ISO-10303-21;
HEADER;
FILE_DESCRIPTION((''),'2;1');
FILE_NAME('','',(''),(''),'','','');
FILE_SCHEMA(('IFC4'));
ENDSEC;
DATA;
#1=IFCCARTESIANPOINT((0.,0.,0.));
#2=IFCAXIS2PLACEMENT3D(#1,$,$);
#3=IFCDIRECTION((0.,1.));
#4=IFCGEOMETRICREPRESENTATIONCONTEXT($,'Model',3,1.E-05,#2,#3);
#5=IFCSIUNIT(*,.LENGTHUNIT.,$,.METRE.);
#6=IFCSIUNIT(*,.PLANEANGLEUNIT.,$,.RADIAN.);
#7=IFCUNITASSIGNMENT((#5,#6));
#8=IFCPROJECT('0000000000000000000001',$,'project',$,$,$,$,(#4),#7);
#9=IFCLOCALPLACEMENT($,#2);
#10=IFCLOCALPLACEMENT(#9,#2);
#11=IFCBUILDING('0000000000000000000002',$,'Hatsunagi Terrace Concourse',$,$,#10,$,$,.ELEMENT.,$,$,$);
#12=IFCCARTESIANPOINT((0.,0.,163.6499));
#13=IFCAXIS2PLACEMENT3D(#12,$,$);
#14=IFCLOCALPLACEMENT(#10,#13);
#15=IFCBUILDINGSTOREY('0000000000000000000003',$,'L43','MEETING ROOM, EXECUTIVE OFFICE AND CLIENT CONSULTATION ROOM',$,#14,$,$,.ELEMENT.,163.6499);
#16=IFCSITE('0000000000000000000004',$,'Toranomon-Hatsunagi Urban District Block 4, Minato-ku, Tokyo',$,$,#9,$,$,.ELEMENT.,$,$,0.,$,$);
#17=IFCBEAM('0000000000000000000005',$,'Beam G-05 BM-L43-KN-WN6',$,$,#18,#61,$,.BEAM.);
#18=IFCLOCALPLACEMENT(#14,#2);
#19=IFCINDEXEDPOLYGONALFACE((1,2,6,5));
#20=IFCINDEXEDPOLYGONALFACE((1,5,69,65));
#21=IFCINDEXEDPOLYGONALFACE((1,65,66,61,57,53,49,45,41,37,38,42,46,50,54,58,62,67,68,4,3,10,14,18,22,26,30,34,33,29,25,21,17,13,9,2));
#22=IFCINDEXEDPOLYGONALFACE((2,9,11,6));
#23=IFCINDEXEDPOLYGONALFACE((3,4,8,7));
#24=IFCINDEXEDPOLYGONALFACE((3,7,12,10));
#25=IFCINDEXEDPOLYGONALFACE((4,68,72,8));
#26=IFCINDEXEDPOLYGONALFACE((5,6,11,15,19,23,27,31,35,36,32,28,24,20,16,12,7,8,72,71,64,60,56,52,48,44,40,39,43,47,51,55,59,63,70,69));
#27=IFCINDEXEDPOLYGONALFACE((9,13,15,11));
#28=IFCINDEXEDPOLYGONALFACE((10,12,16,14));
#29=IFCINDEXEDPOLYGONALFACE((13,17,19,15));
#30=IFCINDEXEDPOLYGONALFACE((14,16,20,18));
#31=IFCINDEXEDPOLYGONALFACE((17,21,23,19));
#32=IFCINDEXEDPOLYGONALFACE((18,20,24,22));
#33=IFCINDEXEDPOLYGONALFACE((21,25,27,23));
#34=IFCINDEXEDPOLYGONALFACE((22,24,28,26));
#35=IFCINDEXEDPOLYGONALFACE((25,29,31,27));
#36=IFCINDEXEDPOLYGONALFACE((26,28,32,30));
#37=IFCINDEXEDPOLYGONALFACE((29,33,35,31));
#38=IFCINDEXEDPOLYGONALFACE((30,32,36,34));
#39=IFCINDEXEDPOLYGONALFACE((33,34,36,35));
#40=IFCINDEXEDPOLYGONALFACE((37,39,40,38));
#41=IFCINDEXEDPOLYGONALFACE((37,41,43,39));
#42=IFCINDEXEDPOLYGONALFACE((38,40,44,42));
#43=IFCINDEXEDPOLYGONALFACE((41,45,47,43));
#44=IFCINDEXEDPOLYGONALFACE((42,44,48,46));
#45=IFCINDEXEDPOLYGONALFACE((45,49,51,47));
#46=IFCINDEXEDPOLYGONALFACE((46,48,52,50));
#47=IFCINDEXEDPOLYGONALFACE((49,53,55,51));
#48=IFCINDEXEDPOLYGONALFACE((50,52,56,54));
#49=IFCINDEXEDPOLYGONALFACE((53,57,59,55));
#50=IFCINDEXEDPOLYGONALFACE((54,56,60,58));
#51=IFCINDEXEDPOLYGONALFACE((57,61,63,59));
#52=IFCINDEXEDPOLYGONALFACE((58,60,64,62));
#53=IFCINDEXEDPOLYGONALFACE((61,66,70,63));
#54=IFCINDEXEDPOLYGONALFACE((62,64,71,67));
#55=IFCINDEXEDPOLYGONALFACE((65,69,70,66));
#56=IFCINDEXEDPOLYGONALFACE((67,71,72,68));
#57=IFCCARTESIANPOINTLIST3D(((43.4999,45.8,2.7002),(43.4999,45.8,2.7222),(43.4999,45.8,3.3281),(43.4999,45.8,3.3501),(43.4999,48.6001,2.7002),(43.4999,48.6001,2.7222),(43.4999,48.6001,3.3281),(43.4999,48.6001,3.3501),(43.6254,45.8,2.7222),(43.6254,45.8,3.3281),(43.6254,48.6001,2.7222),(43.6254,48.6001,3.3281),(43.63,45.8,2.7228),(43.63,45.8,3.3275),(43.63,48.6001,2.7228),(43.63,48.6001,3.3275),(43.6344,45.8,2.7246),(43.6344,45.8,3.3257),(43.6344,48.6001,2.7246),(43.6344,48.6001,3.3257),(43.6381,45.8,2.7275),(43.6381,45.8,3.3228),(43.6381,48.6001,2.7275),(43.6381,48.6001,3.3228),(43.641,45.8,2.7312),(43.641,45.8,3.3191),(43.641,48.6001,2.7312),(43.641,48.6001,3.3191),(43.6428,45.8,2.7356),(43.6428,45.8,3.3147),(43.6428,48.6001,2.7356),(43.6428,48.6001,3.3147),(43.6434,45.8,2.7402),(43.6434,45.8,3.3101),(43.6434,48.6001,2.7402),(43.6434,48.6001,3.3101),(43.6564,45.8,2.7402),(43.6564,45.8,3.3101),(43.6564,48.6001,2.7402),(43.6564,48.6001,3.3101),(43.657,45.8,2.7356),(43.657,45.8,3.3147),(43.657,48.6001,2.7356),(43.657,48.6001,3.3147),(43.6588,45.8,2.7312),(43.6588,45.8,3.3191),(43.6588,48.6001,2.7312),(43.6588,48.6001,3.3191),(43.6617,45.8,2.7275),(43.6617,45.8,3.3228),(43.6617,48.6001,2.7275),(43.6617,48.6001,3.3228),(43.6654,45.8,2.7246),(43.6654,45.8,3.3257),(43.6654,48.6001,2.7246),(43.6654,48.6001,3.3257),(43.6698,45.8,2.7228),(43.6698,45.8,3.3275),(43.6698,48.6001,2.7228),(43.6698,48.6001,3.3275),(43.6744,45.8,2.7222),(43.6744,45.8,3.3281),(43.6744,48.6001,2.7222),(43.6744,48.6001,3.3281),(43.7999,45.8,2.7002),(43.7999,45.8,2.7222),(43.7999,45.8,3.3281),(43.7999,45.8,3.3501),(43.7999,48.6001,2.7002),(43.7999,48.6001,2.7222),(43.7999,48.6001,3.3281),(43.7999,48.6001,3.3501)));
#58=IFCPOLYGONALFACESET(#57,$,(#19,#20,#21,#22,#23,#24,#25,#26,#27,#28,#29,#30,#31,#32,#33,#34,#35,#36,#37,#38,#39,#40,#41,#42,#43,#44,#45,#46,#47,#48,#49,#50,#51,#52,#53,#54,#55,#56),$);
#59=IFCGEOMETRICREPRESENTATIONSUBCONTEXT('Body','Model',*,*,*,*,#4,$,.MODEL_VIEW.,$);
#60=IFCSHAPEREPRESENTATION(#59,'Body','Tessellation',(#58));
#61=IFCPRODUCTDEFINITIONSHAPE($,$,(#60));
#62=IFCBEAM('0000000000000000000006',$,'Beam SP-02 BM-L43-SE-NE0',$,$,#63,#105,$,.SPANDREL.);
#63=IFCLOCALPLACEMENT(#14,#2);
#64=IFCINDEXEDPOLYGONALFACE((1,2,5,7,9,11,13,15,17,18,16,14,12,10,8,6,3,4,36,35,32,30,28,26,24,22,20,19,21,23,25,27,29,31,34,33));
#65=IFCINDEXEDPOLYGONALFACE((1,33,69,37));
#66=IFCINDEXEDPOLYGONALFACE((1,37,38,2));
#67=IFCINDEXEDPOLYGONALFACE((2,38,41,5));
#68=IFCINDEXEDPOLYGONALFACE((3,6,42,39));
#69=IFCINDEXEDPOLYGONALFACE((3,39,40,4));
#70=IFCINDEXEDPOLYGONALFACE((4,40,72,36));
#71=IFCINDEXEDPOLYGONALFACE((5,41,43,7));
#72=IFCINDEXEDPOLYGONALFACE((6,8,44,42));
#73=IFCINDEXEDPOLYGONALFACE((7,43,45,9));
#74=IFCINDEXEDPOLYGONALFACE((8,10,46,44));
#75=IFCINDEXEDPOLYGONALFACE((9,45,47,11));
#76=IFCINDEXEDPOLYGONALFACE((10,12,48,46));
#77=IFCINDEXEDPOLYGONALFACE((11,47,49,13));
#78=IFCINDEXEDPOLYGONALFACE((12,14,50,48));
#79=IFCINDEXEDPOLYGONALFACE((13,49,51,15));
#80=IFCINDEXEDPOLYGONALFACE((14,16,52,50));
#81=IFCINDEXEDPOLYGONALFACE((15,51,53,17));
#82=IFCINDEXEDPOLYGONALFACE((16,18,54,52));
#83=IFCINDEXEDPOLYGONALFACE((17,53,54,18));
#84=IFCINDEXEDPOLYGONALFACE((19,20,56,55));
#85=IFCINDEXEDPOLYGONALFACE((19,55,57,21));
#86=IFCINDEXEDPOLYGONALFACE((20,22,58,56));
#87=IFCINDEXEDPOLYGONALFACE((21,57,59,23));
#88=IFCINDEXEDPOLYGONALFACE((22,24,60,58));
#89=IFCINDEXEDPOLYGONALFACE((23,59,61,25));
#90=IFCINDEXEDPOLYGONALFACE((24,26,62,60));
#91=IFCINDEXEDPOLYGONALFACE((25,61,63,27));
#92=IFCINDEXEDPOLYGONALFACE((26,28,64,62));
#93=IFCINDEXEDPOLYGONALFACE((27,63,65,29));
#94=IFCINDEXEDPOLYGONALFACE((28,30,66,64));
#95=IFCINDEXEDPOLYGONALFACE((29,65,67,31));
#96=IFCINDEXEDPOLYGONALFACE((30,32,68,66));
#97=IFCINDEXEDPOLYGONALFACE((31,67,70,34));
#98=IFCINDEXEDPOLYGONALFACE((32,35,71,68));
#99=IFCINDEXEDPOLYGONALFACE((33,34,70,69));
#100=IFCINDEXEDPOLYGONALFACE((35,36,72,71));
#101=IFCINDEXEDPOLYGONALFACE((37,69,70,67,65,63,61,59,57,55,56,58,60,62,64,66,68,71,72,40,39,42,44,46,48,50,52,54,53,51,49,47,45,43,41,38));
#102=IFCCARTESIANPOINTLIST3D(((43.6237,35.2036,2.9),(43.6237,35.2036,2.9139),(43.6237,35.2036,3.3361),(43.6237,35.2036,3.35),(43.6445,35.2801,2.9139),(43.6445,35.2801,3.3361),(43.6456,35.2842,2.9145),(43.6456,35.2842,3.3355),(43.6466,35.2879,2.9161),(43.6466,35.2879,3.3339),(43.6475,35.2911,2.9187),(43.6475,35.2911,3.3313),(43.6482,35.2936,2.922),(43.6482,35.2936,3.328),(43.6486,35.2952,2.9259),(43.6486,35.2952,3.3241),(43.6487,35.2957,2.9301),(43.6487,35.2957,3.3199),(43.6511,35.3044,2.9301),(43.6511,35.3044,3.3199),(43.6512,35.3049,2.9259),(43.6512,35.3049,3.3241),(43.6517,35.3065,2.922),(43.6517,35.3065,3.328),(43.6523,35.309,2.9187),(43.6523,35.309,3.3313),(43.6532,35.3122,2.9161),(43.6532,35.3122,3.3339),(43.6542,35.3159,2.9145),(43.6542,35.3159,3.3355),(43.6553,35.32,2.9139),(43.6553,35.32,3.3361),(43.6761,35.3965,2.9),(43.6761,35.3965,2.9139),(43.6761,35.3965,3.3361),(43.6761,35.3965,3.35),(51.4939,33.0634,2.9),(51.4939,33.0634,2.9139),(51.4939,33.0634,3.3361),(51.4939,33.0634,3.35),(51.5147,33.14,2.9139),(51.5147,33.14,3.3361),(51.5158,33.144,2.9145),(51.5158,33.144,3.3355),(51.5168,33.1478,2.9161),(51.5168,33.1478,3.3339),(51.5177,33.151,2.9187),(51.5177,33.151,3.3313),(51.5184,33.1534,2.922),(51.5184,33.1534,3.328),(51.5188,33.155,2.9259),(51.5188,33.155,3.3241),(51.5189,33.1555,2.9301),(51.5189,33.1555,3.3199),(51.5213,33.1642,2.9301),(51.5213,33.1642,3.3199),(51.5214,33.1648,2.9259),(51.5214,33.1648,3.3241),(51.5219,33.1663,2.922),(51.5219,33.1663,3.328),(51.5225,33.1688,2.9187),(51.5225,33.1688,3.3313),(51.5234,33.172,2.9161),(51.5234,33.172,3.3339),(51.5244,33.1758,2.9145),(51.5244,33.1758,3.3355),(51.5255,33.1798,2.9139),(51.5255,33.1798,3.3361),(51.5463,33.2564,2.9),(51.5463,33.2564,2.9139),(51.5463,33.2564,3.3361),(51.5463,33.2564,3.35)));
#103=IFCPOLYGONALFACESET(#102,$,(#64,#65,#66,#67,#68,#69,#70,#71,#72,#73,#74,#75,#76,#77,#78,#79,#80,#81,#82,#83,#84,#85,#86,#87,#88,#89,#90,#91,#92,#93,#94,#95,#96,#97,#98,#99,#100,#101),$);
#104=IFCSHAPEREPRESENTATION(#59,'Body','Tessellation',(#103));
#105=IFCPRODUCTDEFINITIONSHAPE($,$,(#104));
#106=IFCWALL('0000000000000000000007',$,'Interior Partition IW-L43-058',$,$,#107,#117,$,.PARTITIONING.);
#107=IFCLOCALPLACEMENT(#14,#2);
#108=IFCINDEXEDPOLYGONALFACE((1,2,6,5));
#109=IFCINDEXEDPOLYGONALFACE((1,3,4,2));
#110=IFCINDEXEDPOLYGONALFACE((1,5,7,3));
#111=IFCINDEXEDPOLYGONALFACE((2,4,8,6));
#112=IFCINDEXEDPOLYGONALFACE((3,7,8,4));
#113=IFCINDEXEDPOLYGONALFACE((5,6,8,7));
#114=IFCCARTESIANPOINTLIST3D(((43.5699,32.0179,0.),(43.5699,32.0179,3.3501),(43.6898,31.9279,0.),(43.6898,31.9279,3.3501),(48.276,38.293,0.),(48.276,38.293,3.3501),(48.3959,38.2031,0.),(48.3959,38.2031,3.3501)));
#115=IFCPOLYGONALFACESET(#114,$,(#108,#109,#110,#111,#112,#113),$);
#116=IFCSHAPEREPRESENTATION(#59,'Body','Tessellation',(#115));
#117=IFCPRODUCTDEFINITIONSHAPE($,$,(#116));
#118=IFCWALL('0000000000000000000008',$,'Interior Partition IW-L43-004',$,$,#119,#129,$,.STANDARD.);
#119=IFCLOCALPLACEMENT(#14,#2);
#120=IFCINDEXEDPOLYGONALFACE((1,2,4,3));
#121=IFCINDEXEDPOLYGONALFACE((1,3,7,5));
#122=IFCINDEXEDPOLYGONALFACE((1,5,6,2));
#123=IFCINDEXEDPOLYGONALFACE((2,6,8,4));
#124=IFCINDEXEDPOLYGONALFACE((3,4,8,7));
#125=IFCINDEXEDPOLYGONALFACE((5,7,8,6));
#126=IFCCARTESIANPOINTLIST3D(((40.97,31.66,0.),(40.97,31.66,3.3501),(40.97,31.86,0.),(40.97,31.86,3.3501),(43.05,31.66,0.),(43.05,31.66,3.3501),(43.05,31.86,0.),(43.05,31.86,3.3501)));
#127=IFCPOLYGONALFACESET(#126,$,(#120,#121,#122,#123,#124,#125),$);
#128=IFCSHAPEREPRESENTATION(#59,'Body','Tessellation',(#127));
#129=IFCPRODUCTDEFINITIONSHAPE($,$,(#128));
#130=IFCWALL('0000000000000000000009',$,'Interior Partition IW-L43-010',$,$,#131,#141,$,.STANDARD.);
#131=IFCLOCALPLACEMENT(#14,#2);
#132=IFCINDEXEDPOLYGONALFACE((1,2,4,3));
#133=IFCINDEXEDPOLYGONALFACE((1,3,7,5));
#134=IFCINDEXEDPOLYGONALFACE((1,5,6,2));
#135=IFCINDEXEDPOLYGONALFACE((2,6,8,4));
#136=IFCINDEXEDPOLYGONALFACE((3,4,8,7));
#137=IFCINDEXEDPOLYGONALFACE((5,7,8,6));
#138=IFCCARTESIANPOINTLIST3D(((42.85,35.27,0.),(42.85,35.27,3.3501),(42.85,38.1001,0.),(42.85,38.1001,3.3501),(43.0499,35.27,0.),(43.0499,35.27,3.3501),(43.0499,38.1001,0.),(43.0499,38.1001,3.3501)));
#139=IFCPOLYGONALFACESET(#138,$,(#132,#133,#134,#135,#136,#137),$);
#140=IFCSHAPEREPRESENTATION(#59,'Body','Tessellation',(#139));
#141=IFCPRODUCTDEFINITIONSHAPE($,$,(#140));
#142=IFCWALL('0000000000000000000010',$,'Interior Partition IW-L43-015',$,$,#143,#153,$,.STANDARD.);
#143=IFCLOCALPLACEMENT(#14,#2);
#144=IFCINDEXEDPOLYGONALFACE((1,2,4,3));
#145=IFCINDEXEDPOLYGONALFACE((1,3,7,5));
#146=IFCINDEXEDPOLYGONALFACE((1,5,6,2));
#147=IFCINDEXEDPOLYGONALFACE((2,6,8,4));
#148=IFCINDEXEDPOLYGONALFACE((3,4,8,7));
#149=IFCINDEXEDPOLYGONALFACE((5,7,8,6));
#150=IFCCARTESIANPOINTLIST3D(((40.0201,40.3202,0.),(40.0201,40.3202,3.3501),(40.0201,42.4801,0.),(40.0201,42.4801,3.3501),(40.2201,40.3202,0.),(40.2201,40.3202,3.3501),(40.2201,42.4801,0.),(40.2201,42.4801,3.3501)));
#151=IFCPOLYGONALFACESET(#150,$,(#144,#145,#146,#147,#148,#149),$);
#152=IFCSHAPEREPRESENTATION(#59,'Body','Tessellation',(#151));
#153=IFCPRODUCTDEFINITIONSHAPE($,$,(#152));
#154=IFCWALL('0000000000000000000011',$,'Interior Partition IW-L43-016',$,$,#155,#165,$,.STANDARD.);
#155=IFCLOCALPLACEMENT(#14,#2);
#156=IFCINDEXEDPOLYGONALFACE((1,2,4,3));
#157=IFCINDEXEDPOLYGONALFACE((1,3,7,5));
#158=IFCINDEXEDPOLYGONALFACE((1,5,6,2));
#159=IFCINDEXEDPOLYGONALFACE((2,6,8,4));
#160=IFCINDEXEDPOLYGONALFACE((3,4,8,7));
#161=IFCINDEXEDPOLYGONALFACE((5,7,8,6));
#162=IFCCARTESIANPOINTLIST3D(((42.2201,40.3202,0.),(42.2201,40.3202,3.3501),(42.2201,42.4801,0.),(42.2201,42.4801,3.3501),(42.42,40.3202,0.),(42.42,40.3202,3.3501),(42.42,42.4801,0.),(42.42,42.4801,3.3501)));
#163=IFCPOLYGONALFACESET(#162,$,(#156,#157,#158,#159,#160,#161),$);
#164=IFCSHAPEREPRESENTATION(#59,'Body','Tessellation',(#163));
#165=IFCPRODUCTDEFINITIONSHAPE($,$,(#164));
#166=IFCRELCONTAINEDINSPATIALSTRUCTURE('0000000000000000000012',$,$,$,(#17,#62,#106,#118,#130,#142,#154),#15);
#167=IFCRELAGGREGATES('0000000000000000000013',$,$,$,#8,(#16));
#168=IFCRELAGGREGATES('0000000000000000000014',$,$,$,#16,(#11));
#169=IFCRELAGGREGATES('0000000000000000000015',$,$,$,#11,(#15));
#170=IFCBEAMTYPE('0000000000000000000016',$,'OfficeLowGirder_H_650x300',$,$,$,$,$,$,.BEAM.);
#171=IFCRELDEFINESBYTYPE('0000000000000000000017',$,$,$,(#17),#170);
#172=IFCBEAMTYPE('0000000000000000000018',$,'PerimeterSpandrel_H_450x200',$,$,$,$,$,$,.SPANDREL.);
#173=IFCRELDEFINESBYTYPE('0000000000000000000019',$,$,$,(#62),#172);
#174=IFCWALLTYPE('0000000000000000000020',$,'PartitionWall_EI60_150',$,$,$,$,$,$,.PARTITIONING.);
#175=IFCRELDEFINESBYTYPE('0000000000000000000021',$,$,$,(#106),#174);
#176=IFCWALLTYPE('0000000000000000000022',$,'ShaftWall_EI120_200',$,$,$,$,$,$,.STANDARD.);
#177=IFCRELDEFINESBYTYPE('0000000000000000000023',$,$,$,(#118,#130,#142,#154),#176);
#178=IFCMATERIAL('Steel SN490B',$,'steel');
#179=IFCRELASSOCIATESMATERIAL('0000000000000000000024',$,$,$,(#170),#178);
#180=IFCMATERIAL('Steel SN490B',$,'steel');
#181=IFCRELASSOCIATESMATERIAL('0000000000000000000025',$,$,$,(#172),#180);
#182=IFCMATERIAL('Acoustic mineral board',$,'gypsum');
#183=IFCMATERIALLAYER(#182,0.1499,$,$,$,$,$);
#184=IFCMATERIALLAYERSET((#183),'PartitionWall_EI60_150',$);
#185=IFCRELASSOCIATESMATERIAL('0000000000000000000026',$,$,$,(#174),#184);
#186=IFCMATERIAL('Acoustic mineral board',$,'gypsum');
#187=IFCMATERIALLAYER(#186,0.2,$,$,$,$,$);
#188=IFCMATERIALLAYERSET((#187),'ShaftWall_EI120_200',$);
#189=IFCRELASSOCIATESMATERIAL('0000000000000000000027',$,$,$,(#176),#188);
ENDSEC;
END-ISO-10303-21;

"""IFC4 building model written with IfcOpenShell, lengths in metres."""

from ifc_helpers import new_model, si_unit, direction, frame, frame_2d, origin, origin_2d, place, context, subcontext, project, spatial, rectangle, i_section, extrude, material, layer, layer_set, material_profile, profile_set, type_object, element, save


model = new_model("IFC4")

# Units and contexts
model_context = context("Model", 3, precision=1e-05, world=origin(), true_north=direction((0.0, 1.0)))
body_context = subcontext(model_context, "Body", "Model", "MODEL_VIEW")
ifc_project = project(units=[si_unit("LENGTHUNIT", "METRE"), si_unit("PLANEANGLEUNIT", "RADIAN")], contexts=[model_context])

# Site, building, storey
site_placement = place(None, origin())
site = spatial("IfcSite", under=ifc_project, at=site_placement, Name="Toranomon-Hatsunagi Urban District Block 4, Minato-ku, Tokyo", CompositionType="ELEMENT", RefElevation=0.0)
building_placement = place(site_placement, origin())
building = spatial("IfcBuilding", under=site, at=building_placement, Name="Hatsunagi Terrace Concourse", CompositionType="ELEMENT")
storey_placement = place(building_placement, frame((0.0, 0.0, 163.6499)))
storey = spatial("IfcBuildingStorey", under=building, at=storey_placement, Name="L43", Description="MEETING ROOM, EXECUTIVE OFFICE AND CLIENT CONSULTATION ROOM", CompositionType="ELEMENT", Elevation=163.6499)

# Beams
ifc_material_1 = material(Name="Steel SN490B", Category="steel")
ifc_material_profile_1 = material_profile(ifc_material_1, i_section(OverallWidth=0.3, OverallDepth=0.6499, WebThickness=0.0129, FlangeThickness=0.022, FilletRadius=0.0181, at=origin_2d()), Name="H-650x300x13x22")
ifc_profile_set_1 = profile_set([ifc_material_profile_1], Name="Steel SN490B")
beam_type_1 = type_object("IfcBeamType", Name="OfficeLowGirder_H_650x300", PredefinedType="BEAM", material=ifc_profile_set_1)
for number, where, z_axis, x_axis, name in (
    (1, (43.6499, 45.8, 3.0251), (0.0, 1.0, 0.0), (-1.0, 0.0, 0.0), "Beam G-05 BM-L43-KN-WN6"),
):
    element("IfcBeam", number, at=place(storey_placement, frame(where, z_axis=z_axis, x_axis=x_axis)), inside=storey, type_object=beam_type_1, Name=name, PredefinedType="BEAM", context=body_context, shape_type="SweptSolid", body=[
        extrude(i_section(OverallWidth=0.3, OverallDepth=0.6499, WebThickness=0.0129, FlangeThickness=0.022, FilletRadius=0.0181, at=origin_2d()), origin(), (0.0, 0.0, 1.0), 2.8),
    ])
ifc_material_2 = material(Name="Steel SN490B", Category="steel")
ifc_material_profile_2 = material_profile(ifc_material_2, i_section(OverallWidth=0.2, OverallDepth=0.45, WebThickness=0.009, FlangeThickness=0.0139, FilletRadius=0.0161, at=origin_2d()), Name="H-450x200x9x14")
ifc_profile_set_2 = profile_set([ifc_material_profile_2], Name="Steel SN490B")
beam_type_2 = type_object("IfcBeamType", Name="PerimeterSpandrel_H_450x200", PredefinedType="SPANDREL", material=ifc_profile_set_2)
beam_1_placement = place(storey_placement, frame((43.6499, 35.3, 3.125), z_axis=(0.964958, -0.262403, 0.0), x_axis=(0.262403, 0.964958, 0.0)))
element("IfcBeam", 2, at=beam_1_placement, inside=storey, type_object=beam_type_2, Name="Beam SP-02 BM-L43-SE-NE0", PredefinedType="SPANDREL", context=body_context, shape_type="SweptSolid", body=[
    extrude(i_section(OverallWidth=0.2, OverallDepth=0.45, WebThickness=0.009, FlangeThickness=0.0139, FilletRadius=0.0161, at=origin_2d()), origin(), (0.0, 0.0, 1.0), 8.156),
])

# Walls
ifc_material_3 = material(Name="Acoustic mineral board", Category="gypsum")
ifc_layer_1 = layer(ifc_material_3, 0.1499)
ifc_layer_set_1 = layer_set([ifc_layer_1], Name="PartitionWall_EI60_150")
wall_type_1 = type_object("IfcWallType", Name="PartitionWall_EI60_150", PredefinedType="PARTITIONING", material=ifc_layer_set_1)
wall_1_placement = place(storey_placement, frame((43.6299, 31.9729, 0.0), z_axis=(0.0, 0.0, 1.0), x_axis=(0.599975, 0.800019, 0.0)))
element("IfcWall", 3, at=wall_1_placement, inside=storey, type_object=wall_type_1, Name="Interior Partition IW-L43-058", PredefinedType="PARTITIONING", context=body_context, shape_type="SweptSolid", body=[
    extrude(rectangle(XDim=7.8438, YDim=0.1499, at=frame_2d((3.9219, 0.0))), origin(), (0.0, 0.0, 1.0), 3.3501),
])
ifc_material_4 = material(Name="Acoustic mineral board", Category="gypsum")
ifc_layer_2 = layer(ifc_material_4, 0.2)
ifc_layer_set_2 = layer_set([ifc_layer_2], Name="ShaftWall_EI120_200")
wall_type_2 = type_object("IfcWallType", Name="ShaftWall_EI120_200", PredefinedType="STANDARD", material=ifc_layer_set_2)
wall_2_placement = place(storey_placement, frame((40.97, 31.76, 0.0), z_axis=(0.0, 0.0, 1.0), x_axis=(1.0, 0.0, 0.0)))
element("IfcWall", 4, at=wall_2_placement, inside=storey, type_object=wall_type_2, Name="Interior Partition IW-L43-004", PredefinedType="STANDARD", context=body_context, shape_type="SweptSolid", body=[
    extrude(rectangle(XDim=2.0801, YDim=0.2, at=frame_2d((1.04, 0.0))), origin(), (0.0, 0.0, 1.0), 3.3501),
])
wall_3_placement = place(storey_placement, frame((42.95, 35.27, 0.0), z_axis=(0.0, 0.0, 1.0), x_axis=(0.0, 1.0, 0.0)))
element("IfcWall", 5, at=wall_3_placement, inside=storey, type_object=wall_type_2, Name="Interior Partition IW-L43-010", PredefinedType="STANDARD", context=body_context, shape_type="SweptSolid", body=[
    extrude(rectangle(XDim=2.8301, YDim=0.2, at=frame_2d((1.415, 0.0))), origin(), (0.0, 0.0, 1.0), 3.3501),
])
for number, where, z_axis, x_axis, name in (
    (6, (40.1201, 40.3201, 0.0), (0.0, 0.0, 1.0), (0.0, 1.0, 0.0), "Interior Partition IW-L43-015"),
    (7, (42.3201, 40.3201, 0.0), (0.0, 0.0, 1.0), (0.0, 1.0, 0.0), "Interior Partition IW-L43-016"),
):
    element("IfcWall", number, at=place(storey_placement, frame(where, z_axis=z_axis, x_axis=x_axis)), inside=storey, type_object=wall_type_2, Name=name, PredefinedType="STANDARD", context=body_context, shape_type="SweptSolid", body=[
        extrude(rectangle(XDim=2.1599, YDim=0.2, at=frame_2d((1.0801, 0.0))), origin(), (0.0, 0.0, 1.0), 3.3501),
    ])

save(model, "model.ifc")
